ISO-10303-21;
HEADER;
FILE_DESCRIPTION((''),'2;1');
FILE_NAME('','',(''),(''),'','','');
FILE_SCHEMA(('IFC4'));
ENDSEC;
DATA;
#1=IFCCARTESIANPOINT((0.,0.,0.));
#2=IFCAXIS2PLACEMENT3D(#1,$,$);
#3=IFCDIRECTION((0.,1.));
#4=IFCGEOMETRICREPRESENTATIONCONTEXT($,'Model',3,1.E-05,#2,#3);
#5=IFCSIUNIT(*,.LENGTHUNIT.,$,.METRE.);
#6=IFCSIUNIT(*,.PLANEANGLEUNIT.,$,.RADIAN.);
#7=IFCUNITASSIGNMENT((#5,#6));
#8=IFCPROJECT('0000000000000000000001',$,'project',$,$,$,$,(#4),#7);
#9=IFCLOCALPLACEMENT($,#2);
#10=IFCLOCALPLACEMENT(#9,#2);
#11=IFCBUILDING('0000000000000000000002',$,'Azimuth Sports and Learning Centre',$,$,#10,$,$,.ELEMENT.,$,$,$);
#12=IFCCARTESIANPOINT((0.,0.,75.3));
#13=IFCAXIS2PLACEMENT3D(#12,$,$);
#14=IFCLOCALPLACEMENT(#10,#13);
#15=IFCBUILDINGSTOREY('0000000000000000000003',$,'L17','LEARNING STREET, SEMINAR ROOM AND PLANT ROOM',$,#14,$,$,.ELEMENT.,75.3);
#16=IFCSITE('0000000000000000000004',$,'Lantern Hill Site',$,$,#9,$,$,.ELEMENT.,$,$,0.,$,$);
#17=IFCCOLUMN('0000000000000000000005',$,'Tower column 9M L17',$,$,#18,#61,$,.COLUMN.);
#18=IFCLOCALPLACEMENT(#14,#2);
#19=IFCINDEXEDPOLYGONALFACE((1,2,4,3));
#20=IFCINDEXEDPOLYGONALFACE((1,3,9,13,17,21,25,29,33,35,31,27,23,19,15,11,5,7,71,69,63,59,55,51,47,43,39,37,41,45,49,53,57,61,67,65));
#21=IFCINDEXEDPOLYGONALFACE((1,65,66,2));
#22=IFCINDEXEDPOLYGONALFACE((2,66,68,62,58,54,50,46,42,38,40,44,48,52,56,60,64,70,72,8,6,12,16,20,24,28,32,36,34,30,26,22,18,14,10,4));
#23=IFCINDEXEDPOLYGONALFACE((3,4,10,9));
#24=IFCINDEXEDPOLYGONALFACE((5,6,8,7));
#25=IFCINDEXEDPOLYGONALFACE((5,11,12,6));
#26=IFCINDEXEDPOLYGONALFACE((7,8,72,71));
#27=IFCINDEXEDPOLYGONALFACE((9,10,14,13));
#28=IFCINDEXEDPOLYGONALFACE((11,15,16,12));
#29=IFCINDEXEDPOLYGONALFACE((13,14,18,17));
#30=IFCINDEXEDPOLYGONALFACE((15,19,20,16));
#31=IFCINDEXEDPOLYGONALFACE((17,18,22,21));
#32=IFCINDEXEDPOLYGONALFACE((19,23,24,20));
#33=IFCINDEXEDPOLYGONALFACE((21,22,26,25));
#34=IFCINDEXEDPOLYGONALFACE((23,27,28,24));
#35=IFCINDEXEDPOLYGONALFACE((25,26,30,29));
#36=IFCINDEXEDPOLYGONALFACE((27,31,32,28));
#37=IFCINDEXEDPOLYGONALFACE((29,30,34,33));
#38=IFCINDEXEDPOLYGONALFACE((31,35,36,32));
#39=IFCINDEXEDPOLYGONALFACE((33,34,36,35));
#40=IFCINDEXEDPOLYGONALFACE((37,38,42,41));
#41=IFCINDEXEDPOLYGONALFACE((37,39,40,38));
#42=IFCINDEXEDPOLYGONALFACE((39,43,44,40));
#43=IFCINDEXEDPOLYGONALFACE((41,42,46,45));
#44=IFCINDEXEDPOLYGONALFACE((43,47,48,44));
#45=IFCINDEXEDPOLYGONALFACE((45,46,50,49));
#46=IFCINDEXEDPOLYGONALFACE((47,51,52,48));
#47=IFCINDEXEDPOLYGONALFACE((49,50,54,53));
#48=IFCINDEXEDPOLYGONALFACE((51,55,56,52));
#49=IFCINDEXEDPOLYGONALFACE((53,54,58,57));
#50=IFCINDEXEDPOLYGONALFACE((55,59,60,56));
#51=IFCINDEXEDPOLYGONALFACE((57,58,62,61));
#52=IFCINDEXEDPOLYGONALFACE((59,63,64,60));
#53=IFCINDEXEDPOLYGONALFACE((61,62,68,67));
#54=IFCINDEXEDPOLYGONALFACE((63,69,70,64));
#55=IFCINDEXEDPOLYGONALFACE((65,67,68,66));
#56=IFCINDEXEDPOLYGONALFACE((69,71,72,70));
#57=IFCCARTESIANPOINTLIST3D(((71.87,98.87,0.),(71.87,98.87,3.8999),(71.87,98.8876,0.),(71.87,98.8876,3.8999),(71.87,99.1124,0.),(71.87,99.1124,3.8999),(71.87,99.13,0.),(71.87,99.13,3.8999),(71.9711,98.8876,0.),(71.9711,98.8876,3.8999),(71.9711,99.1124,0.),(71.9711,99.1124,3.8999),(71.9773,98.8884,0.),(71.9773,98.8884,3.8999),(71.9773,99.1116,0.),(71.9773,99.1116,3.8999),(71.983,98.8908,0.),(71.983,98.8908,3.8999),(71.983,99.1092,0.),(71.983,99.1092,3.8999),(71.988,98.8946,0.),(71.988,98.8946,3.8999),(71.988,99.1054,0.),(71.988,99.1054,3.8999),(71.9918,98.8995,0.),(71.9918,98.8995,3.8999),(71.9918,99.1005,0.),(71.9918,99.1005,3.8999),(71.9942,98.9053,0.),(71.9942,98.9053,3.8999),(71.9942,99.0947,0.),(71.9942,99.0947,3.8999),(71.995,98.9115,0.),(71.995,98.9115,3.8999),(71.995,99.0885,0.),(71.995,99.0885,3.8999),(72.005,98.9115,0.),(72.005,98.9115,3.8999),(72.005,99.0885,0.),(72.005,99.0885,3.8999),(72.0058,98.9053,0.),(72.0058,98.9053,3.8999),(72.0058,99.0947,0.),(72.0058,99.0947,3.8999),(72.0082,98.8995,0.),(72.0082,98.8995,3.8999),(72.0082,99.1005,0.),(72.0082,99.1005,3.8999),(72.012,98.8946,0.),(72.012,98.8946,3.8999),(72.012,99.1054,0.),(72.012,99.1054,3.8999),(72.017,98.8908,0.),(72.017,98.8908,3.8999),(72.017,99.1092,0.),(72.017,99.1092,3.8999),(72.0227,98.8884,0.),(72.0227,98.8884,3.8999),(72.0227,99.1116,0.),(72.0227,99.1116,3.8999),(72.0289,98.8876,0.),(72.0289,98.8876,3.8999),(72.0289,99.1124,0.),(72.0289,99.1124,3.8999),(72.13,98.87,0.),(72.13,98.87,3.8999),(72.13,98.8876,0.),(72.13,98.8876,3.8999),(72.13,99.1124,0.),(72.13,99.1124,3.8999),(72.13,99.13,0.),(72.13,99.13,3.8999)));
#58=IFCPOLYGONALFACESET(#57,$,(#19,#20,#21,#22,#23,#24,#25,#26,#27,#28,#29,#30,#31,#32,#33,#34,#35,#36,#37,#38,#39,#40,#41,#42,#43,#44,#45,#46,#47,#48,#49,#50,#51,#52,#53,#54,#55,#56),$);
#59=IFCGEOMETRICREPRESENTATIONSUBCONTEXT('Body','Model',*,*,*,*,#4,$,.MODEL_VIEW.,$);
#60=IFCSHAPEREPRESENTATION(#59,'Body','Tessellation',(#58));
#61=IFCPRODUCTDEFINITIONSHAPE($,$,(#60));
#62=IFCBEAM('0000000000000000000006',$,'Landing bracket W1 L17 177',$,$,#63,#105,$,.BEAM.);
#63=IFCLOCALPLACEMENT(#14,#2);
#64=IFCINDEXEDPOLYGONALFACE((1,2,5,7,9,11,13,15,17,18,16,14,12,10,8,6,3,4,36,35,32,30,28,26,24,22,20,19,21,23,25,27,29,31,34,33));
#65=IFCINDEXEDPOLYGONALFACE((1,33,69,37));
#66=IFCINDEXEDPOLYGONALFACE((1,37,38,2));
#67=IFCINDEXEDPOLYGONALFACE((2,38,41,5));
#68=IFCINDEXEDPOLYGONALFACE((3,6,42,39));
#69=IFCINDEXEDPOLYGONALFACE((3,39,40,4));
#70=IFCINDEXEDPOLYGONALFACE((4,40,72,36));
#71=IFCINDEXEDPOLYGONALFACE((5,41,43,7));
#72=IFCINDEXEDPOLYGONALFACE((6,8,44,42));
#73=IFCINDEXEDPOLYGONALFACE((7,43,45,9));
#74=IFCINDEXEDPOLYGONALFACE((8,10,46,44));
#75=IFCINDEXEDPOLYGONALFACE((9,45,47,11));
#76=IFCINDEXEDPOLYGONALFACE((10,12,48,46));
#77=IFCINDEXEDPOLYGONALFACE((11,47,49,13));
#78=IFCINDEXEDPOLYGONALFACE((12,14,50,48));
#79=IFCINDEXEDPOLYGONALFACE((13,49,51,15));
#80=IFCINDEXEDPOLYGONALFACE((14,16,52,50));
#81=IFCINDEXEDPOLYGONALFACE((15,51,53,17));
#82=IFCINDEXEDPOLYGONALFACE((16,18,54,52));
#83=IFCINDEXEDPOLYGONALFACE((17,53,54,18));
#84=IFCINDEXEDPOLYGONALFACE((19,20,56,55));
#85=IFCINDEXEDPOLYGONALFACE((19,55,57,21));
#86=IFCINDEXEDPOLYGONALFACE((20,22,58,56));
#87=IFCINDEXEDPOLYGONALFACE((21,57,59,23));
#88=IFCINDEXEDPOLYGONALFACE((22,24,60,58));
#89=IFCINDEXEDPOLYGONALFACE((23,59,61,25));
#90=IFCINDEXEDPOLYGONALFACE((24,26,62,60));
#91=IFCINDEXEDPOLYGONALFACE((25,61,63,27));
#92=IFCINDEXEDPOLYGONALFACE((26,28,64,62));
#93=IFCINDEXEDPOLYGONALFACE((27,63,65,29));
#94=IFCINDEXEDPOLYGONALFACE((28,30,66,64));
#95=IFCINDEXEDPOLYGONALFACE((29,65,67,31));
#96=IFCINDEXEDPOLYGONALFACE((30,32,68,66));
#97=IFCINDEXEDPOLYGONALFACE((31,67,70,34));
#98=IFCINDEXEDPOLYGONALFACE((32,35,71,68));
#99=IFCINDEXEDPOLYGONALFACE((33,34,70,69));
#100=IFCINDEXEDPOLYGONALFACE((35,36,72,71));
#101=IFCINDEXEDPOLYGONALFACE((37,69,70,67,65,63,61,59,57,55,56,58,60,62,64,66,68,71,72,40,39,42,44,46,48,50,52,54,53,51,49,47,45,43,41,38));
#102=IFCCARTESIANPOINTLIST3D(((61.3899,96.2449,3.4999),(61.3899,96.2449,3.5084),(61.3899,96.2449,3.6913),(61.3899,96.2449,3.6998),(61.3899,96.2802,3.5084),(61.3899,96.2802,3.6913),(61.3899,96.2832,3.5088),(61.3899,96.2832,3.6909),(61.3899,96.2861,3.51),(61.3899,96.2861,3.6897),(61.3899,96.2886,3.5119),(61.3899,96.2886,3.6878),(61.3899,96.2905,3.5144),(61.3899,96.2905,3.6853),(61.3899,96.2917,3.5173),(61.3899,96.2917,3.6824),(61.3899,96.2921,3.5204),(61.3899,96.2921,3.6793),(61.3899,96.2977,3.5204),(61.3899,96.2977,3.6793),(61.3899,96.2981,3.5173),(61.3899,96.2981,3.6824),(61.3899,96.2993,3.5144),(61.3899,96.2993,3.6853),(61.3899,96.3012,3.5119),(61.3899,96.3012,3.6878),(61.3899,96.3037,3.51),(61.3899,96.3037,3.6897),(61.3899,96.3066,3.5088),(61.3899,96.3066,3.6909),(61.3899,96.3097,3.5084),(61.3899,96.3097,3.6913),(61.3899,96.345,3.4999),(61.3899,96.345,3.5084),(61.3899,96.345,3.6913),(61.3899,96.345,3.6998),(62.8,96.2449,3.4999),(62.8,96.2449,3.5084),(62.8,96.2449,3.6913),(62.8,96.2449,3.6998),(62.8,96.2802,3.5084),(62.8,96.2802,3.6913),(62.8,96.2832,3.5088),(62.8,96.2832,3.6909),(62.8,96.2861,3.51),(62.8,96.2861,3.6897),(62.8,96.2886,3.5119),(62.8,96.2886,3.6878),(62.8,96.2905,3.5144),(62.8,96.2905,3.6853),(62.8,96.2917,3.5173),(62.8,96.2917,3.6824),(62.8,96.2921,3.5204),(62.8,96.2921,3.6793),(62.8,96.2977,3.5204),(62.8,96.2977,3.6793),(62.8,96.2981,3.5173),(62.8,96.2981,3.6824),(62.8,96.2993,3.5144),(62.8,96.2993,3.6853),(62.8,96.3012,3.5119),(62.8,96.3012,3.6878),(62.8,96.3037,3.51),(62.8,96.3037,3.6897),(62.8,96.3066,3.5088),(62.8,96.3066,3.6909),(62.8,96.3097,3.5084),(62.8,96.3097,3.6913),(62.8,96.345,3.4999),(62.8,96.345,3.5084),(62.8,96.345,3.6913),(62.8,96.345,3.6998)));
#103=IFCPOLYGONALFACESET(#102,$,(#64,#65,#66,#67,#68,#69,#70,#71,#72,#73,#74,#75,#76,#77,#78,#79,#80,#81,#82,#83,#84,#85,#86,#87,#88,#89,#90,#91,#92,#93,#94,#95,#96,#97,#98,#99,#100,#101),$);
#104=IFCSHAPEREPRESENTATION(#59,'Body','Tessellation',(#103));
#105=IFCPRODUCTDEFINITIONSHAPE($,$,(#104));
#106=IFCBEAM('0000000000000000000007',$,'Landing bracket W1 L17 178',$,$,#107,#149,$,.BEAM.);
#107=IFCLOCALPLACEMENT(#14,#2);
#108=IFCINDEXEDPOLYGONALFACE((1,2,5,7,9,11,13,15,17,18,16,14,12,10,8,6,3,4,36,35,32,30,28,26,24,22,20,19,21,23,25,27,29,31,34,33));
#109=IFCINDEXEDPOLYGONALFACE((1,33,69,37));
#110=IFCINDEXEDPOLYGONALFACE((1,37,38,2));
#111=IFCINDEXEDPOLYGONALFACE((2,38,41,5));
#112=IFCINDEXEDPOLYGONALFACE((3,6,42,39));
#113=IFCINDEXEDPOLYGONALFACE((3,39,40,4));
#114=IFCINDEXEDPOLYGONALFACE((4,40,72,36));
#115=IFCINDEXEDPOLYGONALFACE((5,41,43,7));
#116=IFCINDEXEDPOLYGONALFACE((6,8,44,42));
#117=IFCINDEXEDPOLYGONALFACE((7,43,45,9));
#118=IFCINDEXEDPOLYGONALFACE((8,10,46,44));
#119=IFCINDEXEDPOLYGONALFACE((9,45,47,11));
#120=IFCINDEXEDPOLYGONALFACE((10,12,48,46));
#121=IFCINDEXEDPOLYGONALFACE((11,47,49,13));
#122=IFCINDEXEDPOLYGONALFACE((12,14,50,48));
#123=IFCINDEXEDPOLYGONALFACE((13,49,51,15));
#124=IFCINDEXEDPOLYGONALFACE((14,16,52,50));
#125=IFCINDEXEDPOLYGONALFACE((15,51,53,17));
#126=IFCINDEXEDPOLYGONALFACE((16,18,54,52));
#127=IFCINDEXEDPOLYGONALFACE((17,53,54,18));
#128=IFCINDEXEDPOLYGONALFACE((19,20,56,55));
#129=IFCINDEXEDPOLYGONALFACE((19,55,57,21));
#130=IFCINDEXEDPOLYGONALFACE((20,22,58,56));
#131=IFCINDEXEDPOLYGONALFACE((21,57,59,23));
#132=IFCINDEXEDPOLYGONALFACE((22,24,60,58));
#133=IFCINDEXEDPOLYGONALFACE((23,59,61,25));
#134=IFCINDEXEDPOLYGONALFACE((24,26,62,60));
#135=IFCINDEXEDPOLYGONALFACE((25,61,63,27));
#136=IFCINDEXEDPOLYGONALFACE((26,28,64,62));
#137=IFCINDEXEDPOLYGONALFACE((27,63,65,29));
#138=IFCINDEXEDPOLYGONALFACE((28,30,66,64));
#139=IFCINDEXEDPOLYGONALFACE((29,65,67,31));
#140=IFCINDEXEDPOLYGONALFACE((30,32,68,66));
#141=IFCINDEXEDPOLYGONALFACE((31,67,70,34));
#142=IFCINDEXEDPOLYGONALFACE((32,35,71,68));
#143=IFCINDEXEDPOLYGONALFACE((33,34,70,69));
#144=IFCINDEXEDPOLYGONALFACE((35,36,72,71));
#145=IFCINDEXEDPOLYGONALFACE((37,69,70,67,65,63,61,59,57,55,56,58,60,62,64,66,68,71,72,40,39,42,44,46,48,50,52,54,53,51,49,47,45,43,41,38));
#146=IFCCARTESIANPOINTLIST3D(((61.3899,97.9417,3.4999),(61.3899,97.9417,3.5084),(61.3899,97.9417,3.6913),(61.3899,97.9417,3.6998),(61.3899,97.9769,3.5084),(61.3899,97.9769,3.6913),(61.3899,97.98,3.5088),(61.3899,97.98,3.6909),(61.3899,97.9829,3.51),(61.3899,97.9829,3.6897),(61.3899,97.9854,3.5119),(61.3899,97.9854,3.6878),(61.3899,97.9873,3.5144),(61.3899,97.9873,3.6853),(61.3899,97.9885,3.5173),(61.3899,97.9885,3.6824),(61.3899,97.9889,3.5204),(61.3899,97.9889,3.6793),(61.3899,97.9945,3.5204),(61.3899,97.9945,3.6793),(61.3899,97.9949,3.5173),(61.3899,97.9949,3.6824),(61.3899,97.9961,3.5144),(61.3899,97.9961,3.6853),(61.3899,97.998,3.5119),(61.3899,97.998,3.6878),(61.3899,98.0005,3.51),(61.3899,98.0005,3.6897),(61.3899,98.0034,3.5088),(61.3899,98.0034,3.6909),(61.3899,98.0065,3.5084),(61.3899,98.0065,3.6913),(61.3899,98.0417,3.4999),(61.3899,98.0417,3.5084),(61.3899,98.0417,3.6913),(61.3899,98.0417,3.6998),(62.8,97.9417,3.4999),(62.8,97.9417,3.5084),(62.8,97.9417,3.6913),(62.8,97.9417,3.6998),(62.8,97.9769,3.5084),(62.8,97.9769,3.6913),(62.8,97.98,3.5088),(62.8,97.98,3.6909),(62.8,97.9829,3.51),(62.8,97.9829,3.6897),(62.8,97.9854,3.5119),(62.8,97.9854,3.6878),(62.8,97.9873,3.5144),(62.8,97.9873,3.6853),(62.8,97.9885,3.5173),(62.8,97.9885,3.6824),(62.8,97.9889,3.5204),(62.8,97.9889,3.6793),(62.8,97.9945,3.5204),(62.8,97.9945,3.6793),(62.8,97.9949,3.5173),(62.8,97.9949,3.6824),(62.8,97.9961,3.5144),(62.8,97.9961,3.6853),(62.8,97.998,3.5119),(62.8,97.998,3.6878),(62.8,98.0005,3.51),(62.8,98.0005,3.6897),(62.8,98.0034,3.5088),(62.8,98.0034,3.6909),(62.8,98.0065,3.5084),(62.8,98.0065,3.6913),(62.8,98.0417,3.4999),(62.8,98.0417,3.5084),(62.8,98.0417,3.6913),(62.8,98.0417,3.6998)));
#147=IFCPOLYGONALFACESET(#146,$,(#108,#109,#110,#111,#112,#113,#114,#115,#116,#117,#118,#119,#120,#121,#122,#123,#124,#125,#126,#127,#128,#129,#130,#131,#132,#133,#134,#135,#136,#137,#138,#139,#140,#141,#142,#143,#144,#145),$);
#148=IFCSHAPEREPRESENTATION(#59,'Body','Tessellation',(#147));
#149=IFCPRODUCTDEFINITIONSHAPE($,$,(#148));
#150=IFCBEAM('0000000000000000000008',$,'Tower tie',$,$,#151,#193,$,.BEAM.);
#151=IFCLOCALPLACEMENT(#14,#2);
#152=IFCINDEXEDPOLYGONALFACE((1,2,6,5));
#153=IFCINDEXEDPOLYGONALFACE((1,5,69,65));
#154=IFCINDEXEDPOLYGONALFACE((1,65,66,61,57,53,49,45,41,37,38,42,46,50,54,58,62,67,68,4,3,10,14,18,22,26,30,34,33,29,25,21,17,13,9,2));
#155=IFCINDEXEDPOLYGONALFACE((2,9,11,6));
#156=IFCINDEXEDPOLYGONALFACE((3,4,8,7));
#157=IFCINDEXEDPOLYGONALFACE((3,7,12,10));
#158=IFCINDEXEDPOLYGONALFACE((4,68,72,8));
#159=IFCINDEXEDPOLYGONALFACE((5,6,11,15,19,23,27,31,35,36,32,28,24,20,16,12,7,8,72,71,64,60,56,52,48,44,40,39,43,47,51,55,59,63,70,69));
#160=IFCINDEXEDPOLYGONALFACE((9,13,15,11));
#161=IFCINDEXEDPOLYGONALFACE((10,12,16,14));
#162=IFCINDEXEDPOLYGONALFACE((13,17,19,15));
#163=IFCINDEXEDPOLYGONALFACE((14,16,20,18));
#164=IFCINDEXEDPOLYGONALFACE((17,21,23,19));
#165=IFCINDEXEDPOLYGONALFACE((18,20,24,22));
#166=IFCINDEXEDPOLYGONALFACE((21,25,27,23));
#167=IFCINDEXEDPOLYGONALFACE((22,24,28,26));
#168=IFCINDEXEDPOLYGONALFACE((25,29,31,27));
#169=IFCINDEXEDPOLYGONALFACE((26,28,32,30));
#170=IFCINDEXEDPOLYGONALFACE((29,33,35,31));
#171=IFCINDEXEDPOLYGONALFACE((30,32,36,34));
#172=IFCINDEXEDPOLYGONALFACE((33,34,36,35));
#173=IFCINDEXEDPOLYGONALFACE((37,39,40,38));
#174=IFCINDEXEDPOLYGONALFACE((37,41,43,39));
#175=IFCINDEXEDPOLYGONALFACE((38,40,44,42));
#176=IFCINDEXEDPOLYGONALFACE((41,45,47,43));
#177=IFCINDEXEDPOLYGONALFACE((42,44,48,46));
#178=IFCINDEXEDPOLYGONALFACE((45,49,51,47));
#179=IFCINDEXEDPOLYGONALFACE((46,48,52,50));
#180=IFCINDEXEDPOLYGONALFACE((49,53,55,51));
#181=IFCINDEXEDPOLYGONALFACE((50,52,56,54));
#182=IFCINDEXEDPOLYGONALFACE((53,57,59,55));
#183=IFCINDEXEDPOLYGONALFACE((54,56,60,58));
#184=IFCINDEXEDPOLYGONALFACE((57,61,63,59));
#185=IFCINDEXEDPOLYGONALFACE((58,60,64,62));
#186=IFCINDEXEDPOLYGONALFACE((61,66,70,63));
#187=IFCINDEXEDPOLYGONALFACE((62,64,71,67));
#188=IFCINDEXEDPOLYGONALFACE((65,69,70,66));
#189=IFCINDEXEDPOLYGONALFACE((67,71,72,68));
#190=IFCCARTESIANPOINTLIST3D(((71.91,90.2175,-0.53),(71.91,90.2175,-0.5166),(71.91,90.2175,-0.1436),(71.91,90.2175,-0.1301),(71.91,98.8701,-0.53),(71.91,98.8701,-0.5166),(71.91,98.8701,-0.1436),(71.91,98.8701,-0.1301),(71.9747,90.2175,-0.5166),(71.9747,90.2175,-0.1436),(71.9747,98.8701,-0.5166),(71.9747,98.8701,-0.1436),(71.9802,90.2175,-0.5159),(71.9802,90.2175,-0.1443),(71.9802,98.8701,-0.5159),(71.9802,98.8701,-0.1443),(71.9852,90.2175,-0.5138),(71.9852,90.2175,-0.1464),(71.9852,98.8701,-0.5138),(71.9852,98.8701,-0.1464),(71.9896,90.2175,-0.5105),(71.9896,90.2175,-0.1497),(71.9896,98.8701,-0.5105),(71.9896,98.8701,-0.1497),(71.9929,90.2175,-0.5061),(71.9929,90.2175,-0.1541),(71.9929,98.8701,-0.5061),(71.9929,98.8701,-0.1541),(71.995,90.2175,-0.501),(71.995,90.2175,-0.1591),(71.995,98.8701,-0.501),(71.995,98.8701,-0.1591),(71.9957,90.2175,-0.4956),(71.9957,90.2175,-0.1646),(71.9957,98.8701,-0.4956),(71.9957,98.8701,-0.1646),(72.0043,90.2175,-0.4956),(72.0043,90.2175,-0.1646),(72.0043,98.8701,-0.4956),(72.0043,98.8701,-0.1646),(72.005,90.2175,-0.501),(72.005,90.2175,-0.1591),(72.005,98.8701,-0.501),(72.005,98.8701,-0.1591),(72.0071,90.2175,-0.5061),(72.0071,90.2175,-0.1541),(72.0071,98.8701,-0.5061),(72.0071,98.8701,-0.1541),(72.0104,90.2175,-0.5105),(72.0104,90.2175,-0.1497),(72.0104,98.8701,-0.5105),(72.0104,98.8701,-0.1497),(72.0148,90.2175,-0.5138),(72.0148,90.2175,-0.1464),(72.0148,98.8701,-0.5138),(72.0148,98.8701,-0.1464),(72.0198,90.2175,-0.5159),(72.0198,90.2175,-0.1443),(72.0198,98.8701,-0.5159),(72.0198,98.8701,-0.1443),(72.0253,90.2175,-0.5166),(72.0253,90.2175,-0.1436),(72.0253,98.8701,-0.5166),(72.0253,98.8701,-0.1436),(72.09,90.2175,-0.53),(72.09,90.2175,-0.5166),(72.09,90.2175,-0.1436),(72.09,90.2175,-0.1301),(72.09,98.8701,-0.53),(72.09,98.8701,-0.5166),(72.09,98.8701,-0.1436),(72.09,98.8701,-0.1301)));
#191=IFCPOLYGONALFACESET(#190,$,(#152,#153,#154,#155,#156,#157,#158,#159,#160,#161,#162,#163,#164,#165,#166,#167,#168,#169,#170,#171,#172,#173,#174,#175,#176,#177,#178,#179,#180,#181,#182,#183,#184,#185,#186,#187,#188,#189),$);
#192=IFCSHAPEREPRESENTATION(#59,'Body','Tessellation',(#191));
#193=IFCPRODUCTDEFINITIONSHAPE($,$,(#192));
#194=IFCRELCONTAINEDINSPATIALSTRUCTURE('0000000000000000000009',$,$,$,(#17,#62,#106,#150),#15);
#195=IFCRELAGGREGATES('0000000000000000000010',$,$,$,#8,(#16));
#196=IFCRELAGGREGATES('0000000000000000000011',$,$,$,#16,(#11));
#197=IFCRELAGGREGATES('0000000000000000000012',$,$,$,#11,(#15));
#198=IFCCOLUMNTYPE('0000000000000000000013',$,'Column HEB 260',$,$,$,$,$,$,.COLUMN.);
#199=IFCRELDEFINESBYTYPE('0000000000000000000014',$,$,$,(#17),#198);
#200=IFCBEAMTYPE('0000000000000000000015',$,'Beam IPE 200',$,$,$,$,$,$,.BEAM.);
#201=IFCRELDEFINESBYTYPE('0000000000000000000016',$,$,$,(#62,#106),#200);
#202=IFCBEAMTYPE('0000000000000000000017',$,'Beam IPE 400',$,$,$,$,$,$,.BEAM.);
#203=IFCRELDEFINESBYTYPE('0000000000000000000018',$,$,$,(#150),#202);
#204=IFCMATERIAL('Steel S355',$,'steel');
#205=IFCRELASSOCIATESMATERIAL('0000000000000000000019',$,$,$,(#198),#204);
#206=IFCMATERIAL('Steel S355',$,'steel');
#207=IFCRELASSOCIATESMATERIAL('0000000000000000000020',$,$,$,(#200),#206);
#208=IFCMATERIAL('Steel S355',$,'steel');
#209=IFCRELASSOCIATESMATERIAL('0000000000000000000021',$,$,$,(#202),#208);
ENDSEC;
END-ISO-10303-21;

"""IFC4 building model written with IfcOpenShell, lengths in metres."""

from ifc_helpers import new_model, si_unit, direction, frame, origin, origin_2d, place, context, subcontext, project, spatial, i_section, extrude, material, material_profile, profile_set, type_object, element, save


model = new_model("IFC4")

# Units and contexts
model_context = context("Model", 3, precision=1e-05, world=origin(), true_north=direction((0.0, 1.0)))
body_context = subcontext(model_context, "Body", "Model", "MODEL_VIEW")
ifc_project = project(units=[si_unit("LENGTHUNIT", "METRE"), si_unit("PLANEANGLEUNIT", "RADIAN")], contexts=[model_context])

# Site, building, storey
site_placement = place(None, origin())
site = spatial("IfcSite", under=ifc_project, at=site_placement, Name="Lantern Hill Site", CompositionType="ELEMENT", RefElevation=0.0)
building_placement = place(site_placement, origin())
building = spatial("IfcBuilding", under=site, at=building_placement, Name="Azimuth Sports and Learning Centre", CompositionType="ELEMENT")
storey_placement = place(building_placement, frame((0.0, 0.0, 75.3)))
storey = spatial("IfcBuildingStorey", under=building, at=storey_placement, Name="L17", Description="LEARNING STREET, SEMINAR ROOM AND PLANT ROOM", CompositionType="ELEMENT", Elevation=75.3)

# Column
ifc_material_1 = material(Name="Steel S355", Category="steel")
ifc_material_profile_1 = material_profile(ifc_material_1, i_section(OverallWidth=0.26, OverallDepth=0.26, WebThickness=0.01, FlangeThickness=0.0176, FilletRadius=0.0239, at=origin_2d()), Name="HEB 260")
ifc_profile_set_1 = profile_set([ifc_material_profile_1], Name="Steel S355")
column_type = type_object("IfcColumnType", Name="Column HEB 260", PredefinedType="COLUMN", material=ifc_profile_set_1)
column_placement = place(storey_placement, frame((72.0, 99.0, 0.0), z_axis=(0.0, 0.0, 1.0), x_axis=(1.0, 0.0, 0.0)))
element("IfcColumn", 1, at=column_placement, inside=storey, type_object=column_type, Name="Tower column 9M L17", PredefinedType="COLUMN", context=body_context, shape_type="SweptSolid", body=[
    extrude(i_section(OverallWidth=0.26, OverallDepth=0.26, WebThickness=0.01, FlangeThickness=0.0176, FilletRadius=0.0239, at=origin_2d()), origin(), (0.0, 0.0, 1.0), 3.8999),
])

# Beams
ifc_material_2 = material(Name="Steel S355", Category="steel")
ifc_material_profile_2 = material_profile(ifc_material_2, i_section(OverallWidth=0.1001, OverallDepth=0.2, WebThickness=0.0056, FlangeThickness=0.0085, FilletRadius=0.012, at=origin_2d()), Name="IPE 200")
ifc_profile_set_2 = profile_set([ifc_material_profile_2], Name="Steel S355")
beam_type_1 = type_object("IfcBeamType", Name="Beam IPE 200", PredefinedType="BEAM", material=ifc_profile_set_2)
for number, where, z_axis, x_axis, name in (
    (2, (62.8, 96.2949, 3.5999), (-1.0, 0.0, 0.0), (0.0, -1.0, 0.0), "Landing bracket W1 L17 177"),
    (3, (62.8, 97.9917, 3.5999), (-1.0, 0.0, 0.0), (0.0, -1.0, 0.0), "Landing bracket W1 L17 178"),
):
    element("IfcBeam", number, at=place(storey_placement, frame(where, z_axis=z_axis, x_axis=x_axis)), inside=storey, type_object=beam_type_1, Name=name, PredefinedType="BEAM", context=body_context, shape_type="SweptSolid", body=[
        extrude(i_section(OverallWidth=0.1001, OverallDepth=0.2, WebThickness=0.0056, FlangeThickness=0.0085, FilletRadius=0.012, at=origin_2d()), origin(), (0.0, 0.0, 1.0), 1.4102),
    ])
ifc_material_3 = material(Name="Steel S355", Category="steel")
ifc_material_profile_3 = material_profile(ifc_material_3, i_section(OverallWidth=0.1799, OverallDepth=0.3999, WebThickness=0.0085, FlangeThickness=0.0134, FilletRadius=0.021, at=origin_2d()), Name="IPE 400")
ifc_profile_set_3 = profile_set([ifc_material_profile_3], Name="Steel S355")
beam_type_2 = type_object("IfcBeamType", Name="Beam IPE 400", PredefinedType="BEAM", material=ifc_profile_set_3)
beam_1_placement = place(storey_placement, frame((72.0, 90.2175, -0.3301), z_axis=(0.0, 1.0, 0.0), x_axis=(-1.0, 0.0, 0.0)))
element("IfcBeam", 4, at=beam_1_placement, inside=storey, type_object=beam_type_2, Name="Tower tie", PredefinedType="BEAM", context=body_context, shape_type="SweptSolid", body=[
    extrude(i_section(OverallWidth=0.1799, OverallDepth=0.3999, WebThickness=0.0085, FlangeThickness=0.0134, FilletRadius=0.021, at=origin_2d()), origin(), (0.0, 0.0, 1.0), 8.6526),
])

save(model, "model.ifc")
